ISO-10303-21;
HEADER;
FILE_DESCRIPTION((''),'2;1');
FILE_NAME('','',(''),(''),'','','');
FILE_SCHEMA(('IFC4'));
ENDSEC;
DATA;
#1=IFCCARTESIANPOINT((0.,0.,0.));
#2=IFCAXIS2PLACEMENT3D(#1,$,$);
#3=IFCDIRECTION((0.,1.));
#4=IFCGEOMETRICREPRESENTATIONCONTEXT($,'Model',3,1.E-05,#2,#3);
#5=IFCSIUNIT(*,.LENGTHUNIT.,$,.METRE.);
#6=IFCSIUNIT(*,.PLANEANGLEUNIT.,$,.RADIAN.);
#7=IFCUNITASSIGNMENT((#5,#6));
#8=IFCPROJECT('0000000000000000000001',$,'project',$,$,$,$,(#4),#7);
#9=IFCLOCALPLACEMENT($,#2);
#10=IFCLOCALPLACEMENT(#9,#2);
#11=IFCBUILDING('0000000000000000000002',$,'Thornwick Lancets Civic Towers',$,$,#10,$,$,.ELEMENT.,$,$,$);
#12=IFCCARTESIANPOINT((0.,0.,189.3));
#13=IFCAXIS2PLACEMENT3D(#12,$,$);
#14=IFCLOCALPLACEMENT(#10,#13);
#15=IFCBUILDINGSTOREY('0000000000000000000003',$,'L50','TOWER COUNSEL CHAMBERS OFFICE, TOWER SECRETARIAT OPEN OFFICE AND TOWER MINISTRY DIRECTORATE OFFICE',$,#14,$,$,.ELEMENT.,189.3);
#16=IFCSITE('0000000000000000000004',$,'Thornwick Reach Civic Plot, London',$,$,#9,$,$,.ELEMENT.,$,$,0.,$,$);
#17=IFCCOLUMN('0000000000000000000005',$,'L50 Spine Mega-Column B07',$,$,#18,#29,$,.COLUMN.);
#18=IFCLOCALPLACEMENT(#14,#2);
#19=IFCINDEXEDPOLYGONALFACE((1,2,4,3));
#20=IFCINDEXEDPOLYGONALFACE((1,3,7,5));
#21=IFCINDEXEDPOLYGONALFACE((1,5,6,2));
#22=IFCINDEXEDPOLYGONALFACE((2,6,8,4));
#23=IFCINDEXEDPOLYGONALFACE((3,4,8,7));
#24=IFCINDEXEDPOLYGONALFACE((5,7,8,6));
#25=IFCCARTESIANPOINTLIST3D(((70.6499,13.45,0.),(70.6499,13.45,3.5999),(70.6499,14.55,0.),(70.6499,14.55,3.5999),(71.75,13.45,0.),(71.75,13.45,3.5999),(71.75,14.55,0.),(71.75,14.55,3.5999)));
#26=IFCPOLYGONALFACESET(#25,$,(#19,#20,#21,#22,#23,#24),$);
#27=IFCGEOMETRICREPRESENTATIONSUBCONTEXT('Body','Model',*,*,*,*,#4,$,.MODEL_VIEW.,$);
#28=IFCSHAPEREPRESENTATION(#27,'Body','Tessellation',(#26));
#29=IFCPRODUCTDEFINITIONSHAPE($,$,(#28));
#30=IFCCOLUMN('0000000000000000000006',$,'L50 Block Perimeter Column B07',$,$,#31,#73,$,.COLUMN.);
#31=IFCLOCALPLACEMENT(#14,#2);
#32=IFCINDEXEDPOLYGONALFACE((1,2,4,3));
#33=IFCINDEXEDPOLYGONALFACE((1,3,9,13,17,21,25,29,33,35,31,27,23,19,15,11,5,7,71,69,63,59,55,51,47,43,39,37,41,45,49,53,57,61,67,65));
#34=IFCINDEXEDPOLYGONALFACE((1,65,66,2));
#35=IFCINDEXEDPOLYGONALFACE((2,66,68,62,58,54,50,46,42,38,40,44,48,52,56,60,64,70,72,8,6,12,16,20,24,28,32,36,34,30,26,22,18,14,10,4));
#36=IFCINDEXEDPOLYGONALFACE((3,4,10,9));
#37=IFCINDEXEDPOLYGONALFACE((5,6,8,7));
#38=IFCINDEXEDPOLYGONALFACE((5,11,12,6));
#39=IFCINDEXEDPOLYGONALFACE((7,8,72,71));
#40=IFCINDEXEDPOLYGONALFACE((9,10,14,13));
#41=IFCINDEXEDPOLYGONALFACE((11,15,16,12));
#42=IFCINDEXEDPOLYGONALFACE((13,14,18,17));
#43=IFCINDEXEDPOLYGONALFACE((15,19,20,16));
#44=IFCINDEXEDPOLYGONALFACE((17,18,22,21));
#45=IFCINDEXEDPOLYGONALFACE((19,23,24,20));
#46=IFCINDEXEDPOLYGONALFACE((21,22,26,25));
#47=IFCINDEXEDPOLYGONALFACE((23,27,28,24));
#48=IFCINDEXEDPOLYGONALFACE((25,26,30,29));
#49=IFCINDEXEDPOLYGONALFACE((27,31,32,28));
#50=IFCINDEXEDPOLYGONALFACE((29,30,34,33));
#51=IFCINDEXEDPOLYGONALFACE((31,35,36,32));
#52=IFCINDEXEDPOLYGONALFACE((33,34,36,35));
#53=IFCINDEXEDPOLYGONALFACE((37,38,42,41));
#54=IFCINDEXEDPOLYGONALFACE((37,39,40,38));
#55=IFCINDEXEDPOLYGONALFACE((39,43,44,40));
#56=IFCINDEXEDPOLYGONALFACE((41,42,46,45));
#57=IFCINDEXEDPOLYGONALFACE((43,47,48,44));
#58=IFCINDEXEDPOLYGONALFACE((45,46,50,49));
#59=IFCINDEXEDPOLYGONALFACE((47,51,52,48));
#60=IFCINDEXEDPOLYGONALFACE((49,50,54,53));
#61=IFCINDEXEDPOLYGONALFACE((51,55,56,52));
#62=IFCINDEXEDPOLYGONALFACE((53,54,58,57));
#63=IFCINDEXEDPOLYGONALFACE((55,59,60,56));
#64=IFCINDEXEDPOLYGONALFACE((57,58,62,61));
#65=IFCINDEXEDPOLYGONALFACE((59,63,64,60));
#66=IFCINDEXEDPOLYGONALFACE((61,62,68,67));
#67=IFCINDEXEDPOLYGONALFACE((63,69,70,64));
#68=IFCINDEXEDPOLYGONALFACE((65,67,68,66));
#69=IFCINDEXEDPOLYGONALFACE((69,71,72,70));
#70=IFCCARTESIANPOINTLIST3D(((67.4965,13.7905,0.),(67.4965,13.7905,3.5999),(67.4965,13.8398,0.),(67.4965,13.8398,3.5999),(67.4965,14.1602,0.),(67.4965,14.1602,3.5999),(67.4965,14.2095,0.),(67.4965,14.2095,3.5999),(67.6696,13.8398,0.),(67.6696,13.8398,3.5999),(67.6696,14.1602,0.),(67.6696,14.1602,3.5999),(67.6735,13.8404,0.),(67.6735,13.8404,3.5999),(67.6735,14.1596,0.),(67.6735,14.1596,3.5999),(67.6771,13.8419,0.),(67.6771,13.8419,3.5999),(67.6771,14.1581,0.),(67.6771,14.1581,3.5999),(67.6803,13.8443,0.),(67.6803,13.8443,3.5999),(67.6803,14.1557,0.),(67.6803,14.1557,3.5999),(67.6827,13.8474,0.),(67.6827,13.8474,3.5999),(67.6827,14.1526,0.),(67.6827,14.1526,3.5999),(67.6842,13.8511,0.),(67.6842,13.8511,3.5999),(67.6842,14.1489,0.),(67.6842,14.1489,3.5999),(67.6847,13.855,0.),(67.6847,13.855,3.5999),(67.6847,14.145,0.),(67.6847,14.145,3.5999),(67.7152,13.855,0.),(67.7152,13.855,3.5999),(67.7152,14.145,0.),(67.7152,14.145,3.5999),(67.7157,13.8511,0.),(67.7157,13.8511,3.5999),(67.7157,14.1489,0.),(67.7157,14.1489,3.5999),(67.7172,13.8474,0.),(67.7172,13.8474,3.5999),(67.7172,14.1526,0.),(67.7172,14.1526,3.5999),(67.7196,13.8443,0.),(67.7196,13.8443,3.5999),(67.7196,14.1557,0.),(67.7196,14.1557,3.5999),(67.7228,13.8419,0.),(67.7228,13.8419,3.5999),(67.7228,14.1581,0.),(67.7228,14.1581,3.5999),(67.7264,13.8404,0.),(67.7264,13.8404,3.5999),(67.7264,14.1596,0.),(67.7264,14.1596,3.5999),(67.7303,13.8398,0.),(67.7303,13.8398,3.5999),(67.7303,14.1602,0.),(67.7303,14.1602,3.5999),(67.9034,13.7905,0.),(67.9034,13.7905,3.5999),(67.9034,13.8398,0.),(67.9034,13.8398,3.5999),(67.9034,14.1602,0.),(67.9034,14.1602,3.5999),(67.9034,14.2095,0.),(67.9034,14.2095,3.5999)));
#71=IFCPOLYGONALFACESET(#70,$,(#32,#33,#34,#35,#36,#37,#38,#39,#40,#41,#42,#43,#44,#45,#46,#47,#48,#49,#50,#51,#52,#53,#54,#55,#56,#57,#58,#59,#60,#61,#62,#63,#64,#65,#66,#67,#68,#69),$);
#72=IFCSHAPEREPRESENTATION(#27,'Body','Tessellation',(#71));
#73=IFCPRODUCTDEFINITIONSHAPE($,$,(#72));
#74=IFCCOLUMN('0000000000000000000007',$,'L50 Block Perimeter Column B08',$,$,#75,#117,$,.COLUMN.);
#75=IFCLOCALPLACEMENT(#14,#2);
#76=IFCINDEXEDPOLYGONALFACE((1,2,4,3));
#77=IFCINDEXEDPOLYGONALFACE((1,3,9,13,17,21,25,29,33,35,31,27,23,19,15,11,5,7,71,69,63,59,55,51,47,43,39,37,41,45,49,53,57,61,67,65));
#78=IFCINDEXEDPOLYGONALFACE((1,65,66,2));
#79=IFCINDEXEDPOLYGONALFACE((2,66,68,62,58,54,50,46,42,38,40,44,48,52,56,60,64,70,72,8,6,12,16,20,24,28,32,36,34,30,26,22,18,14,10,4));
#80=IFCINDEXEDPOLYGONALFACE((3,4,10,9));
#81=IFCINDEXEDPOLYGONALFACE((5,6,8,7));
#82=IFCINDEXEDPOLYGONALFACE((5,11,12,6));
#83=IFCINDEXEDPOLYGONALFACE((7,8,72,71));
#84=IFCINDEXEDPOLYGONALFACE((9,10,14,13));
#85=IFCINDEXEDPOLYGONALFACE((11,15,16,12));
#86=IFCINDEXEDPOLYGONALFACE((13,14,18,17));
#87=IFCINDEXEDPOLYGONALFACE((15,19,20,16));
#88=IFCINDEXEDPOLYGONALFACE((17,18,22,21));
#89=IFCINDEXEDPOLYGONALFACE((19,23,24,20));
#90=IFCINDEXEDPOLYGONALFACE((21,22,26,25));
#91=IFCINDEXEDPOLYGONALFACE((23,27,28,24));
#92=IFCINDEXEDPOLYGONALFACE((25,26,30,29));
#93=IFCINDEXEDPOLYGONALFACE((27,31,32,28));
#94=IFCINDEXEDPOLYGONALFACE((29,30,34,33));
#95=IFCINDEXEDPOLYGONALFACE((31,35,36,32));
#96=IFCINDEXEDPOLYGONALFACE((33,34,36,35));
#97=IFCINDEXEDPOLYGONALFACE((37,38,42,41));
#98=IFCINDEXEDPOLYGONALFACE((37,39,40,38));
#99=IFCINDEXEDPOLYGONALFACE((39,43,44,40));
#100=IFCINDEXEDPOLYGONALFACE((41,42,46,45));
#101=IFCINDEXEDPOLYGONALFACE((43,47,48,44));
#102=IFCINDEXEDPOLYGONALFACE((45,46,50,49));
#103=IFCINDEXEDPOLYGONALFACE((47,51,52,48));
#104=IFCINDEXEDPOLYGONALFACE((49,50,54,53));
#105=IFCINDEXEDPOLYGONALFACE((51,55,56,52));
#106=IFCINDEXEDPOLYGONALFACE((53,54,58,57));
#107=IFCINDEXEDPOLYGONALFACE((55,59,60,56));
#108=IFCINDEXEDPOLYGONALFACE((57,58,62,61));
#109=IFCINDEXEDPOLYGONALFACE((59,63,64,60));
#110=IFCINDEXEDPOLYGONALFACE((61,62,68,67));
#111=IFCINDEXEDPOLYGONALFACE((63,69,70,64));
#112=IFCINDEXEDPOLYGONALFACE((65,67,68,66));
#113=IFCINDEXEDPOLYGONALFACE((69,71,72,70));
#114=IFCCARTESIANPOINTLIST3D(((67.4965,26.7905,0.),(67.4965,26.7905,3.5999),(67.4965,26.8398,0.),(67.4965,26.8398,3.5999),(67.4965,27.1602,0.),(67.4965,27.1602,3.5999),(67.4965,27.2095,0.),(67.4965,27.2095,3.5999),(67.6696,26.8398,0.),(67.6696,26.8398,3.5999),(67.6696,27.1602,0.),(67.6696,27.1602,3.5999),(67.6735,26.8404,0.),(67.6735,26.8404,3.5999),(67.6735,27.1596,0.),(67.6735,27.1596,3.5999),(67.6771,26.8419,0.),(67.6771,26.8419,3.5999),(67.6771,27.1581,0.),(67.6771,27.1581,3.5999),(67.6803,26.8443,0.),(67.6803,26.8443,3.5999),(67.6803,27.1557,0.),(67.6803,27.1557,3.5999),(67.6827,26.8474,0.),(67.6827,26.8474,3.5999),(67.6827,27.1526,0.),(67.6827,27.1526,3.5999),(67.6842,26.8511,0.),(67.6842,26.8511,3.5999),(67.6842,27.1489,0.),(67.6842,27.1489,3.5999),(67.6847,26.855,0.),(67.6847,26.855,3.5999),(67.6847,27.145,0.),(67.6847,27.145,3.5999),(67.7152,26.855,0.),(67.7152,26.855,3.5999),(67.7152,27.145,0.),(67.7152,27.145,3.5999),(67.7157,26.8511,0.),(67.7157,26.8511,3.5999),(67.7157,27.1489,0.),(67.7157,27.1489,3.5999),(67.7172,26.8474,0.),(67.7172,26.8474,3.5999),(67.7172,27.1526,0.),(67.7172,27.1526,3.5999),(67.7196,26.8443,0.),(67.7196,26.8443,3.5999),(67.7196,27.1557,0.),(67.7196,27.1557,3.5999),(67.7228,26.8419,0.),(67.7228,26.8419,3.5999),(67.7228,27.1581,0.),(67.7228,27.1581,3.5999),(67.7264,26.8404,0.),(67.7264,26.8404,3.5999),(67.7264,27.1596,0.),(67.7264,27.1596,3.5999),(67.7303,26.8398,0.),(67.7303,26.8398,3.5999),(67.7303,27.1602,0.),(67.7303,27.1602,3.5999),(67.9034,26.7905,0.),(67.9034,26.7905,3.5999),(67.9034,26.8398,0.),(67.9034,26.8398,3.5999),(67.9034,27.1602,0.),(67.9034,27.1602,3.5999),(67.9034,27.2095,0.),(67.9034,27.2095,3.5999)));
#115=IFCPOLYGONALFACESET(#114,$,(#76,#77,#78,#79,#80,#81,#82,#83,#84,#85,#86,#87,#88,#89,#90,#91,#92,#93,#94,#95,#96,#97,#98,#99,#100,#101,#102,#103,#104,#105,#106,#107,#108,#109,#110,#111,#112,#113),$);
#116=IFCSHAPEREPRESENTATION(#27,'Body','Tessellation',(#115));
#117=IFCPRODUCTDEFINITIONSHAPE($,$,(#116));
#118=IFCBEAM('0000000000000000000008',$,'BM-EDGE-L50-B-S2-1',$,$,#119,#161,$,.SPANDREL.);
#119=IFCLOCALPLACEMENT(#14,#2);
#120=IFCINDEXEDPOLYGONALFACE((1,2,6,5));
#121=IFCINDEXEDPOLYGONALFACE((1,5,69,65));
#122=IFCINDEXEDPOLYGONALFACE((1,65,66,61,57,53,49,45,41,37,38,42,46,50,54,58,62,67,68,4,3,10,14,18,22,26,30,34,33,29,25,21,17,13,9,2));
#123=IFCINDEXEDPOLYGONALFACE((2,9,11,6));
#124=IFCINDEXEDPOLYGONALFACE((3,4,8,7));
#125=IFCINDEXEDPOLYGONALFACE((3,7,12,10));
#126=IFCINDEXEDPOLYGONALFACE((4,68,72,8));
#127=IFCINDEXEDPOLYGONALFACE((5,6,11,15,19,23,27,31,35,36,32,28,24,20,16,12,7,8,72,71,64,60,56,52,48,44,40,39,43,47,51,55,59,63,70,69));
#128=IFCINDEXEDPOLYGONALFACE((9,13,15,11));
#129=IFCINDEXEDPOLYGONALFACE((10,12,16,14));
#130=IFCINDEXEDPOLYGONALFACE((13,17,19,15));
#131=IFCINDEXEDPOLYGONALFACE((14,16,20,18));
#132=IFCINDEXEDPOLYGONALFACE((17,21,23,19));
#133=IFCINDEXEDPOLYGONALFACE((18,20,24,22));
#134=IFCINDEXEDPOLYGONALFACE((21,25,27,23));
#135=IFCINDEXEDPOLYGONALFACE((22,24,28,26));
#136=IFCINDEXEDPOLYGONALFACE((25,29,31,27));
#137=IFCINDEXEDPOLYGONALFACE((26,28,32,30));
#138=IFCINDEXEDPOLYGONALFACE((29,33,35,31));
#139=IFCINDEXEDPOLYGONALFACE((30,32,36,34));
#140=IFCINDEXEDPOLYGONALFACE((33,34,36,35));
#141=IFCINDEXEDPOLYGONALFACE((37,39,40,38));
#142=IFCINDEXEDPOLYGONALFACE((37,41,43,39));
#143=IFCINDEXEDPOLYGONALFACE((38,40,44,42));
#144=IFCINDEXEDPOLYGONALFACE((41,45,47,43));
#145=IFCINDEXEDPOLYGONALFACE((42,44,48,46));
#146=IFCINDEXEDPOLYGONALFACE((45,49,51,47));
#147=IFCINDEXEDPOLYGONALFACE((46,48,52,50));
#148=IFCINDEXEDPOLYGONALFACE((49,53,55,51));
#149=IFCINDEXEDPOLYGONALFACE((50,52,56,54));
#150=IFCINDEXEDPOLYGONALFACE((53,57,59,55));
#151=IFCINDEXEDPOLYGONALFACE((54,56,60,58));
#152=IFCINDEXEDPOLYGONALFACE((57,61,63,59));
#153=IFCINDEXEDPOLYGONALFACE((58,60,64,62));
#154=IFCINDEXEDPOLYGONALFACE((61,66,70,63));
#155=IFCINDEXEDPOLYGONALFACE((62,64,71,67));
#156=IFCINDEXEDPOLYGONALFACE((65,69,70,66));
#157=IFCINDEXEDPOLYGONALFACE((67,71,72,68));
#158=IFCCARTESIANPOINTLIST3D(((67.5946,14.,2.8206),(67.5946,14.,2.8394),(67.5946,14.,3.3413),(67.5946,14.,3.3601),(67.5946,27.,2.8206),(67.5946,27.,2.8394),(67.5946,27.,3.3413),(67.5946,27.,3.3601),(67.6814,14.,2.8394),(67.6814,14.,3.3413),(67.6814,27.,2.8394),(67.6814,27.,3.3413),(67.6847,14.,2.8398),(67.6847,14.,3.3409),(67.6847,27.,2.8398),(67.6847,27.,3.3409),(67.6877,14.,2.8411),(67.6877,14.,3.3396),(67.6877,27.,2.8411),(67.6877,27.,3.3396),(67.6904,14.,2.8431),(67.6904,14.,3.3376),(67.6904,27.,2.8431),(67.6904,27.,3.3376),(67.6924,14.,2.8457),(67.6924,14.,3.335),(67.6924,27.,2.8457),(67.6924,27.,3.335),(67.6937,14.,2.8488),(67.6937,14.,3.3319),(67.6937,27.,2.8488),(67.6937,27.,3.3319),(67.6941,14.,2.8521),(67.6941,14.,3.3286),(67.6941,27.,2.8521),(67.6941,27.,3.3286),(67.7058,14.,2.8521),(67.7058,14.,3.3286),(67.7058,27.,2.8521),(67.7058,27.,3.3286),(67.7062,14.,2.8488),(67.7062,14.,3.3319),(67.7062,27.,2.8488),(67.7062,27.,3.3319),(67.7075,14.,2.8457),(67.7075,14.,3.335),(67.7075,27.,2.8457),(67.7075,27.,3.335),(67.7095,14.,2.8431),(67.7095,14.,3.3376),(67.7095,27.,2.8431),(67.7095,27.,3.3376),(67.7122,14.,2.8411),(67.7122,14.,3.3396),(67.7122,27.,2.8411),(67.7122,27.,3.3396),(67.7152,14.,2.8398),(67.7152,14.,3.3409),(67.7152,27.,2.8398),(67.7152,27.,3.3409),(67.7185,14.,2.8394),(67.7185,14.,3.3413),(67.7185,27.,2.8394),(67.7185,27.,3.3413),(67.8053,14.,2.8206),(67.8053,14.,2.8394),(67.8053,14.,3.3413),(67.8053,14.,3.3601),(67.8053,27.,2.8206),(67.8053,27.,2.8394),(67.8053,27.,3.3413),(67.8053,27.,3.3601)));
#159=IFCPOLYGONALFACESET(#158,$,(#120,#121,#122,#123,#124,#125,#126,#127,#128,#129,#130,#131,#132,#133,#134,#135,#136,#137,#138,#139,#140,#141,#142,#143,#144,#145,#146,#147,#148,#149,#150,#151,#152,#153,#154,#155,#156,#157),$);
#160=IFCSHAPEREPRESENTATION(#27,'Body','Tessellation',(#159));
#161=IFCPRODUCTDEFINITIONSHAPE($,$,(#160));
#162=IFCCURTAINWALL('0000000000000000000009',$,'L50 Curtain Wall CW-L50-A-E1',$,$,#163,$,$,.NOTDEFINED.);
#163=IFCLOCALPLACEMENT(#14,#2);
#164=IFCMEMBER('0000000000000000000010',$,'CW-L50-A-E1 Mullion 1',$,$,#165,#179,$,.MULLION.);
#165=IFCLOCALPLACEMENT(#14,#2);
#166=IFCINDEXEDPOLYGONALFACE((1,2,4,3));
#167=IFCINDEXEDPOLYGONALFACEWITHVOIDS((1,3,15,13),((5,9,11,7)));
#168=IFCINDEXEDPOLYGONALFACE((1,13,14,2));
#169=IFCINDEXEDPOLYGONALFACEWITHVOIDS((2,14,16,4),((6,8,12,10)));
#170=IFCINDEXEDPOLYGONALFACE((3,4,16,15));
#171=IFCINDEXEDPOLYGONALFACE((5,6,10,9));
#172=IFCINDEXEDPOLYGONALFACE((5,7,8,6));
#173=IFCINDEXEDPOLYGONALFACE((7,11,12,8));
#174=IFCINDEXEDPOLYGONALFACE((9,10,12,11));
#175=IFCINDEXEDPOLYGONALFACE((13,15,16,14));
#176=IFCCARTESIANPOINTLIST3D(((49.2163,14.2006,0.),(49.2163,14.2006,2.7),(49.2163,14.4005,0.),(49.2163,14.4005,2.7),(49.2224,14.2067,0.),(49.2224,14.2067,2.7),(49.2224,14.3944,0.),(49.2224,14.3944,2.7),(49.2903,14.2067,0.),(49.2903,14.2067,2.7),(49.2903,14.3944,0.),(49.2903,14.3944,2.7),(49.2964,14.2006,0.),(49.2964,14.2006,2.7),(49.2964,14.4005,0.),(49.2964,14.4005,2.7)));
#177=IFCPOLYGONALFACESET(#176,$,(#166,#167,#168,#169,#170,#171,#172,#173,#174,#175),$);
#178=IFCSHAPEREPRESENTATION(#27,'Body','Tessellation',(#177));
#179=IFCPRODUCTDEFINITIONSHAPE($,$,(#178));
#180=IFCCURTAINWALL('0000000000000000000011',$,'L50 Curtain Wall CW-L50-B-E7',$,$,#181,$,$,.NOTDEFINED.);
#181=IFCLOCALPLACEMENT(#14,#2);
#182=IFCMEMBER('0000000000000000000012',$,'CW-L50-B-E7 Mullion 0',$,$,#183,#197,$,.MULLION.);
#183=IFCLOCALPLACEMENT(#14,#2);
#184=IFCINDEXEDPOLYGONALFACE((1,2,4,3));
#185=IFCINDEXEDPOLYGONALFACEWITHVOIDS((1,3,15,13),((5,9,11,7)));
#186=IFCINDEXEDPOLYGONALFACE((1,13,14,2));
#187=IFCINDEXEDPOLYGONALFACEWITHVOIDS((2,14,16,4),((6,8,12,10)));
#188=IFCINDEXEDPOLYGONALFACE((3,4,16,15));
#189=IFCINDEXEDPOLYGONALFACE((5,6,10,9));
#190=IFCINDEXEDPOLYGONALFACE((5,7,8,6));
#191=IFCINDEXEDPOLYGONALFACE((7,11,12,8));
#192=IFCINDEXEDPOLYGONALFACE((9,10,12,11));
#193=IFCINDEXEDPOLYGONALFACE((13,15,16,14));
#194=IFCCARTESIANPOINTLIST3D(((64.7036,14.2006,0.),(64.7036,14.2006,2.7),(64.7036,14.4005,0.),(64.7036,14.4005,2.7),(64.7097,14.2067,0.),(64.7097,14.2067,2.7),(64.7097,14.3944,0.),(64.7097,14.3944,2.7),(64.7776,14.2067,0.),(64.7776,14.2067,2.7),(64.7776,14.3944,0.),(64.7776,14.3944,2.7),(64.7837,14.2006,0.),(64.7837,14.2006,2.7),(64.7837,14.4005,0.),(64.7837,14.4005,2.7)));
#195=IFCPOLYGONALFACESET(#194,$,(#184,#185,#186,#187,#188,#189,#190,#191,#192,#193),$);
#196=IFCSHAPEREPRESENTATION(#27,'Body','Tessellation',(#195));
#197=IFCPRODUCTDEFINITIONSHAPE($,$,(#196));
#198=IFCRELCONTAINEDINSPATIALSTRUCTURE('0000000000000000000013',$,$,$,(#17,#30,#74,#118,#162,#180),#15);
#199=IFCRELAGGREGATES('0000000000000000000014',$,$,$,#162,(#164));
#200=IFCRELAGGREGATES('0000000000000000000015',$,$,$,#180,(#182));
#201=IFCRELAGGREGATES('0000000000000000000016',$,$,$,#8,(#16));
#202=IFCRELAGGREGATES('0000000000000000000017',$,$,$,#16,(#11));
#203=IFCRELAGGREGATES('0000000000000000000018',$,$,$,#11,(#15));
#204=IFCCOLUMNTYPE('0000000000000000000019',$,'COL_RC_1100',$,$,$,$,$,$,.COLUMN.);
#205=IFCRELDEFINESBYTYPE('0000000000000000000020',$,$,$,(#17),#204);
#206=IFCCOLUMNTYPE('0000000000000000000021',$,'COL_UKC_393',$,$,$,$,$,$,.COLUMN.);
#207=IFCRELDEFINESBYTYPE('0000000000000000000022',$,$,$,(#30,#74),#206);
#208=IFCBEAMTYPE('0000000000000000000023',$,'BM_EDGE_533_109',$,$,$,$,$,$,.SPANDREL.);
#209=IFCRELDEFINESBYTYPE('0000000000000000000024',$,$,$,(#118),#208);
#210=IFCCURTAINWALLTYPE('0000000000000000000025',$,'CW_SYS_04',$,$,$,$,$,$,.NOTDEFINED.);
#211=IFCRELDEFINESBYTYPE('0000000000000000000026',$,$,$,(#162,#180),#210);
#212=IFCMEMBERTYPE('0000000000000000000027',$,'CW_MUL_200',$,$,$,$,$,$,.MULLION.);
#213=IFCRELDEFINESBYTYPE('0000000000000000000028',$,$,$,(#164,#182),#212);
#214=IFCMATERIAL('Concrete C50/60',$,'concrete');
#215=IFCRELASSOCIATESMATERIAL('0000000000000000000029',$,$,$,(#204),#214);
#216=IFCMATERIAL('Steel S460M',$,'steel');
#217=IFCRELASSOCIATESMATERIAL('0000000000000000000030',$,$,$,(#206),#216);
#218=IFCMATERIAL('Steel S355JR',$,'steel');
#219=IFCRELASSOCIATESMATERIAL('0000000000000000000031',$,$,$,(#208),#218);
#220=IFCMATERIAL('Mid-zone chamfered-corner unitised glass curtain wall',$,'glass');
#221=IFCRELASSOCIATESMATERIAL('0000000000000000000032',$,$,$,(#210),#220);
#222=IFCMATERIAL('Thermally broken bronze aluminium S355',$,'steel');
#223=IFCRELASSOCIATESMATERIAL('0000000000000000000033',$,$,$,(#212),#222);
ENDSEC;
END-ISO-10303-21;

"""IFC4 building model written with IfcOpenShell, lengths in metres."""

from ifc_helpers import new_model, si_unit, direction, frame, origin, origin_2d, place, context, subcontext, project, spatial, rectangle, hollow_rectangle, i_section, extrude, material, material_profile, profile_set, type_object, element, aggregate, save


model = new_model("IFC4")

# Units and contexts
model_context = context("Model", 3, precision=1e-05, world=origin(), true_north=direction((0.0, 1.0)))
body_context = subcontext(model_context, "Body", "Model", "MODEL_VIEW")
ifc_project = project(units=[si_unit("LENGTHUNIT", "METRE"), si_unit("PLANEANGLEUNIT", "RADIAN")], contexts=[model_context])

# Site, building, storey
site_placement = place(None, origin())
site = spatial("IfcSite", under=ifc_project, at=site_placement, Name="Thornwick Reach Civic Plot, London", CompositionType="ELEMENT", RefElevation=0.0)
building_placement = place(site_placement, origin())
building = spatial("IfcBuilding", under=site, at=building_placement, Name="Thornwick Lancets Civic Towers", CompositionType="ELEMENT")
storey_placement = place(building_placement, frame((0.0, 0.0, 189.3)))
storey = spatial("IfcBuildingStorey", under=building, at=storey_placement, Name="L50", Description="TOWER COUNSEL CHAMBERS OFFICE, TOWER SECRETARIAT OPEN OFFICE AND TOWER MINISTRY DIRECTORATE OFFICE", CompositionType="ELEMENT", Elevation=189.3)

# Columns
ifc_material_1 = material(Name="Concrete C50/60", Category="concrete")
ifc_material_profile_1 = material_profile(ifc_material_1, rectangle(XDim=1.1001, YDim=1.1001, at=origin_2d()), Name="RC 1100x1100")
ifc_profile_set_1 = profile_set([ifc_material_profile_1], Name="Concrete C50/60")
column_type_1 = type_object("IfcColumnType", Name="COL_RC_1100", PredefinedType="COLUMN", material=ifc_profile_set_1)
column_placement = place(storey_placement, frame((71.2, 14.0, 0.0), z_axis=(0.0, 0.0, 1.0), x_axis=(1.0, 0.0, 0.0)))
element("IfcColumn", 1, at=column_placement, inside=storey, type_object=column_type_1, Name="L50 Spine Mega-Column B07", PredefinedType="COLUMN", context=body_context, shape_type="SweptSolid", body=[
    extrude(rectangle(XDim=1.1001, YDim=1.1001, at=origin_2d()), origin(), (0.0, 0.0, 1.0), 3.5999),
])
ifc_material_2 = material(Name="Steel S460M", Category="steel")
ifc_material_profile_2 = material_profile(ifc_material_2, i_section(OverallWidth=0.407, OverallDepth=0.4189, WebThickness=0.0305, FlangeThickness=0.0493, FilletRadius=0.0151, at=origin_2d()), Name="UKC 356x406x393")
ifc_profile_set_2 = profile_set([ifc_material_profile_2], Name="Steel S460M")
column_type_2 = type_object("IfcColumnType", Name="COL_UKC_393", PredefinedType="COLUMN", material=ifc_profile_set_2)
for number, where, z_axis, x_axis, name in (
    (2, (67.7, 14.0, 0.0), (0.0, 0.0, 1.0), (1.0, 0.0, 0.0), "L50 Block Perimeter Column B07"),
    (3, (67.7, 27.0, 0.0), (0.0, 0.0, 1.0), (1.0, 0.0, 0.0), "L50 Block Perimeter Column B08"),
):
    element("IfcColumn", number, at=place(storey_placement, frame(where, z_axis=z_axis, x_axis=x_axis)), inside=storey, type_object=column_type_2, Name=name, PredefinedType="COLUMN", context=body_context, shape_type="SweptSolid", body=[
        extrude(i_section(OverallWidth=0.407, OverallDepth=0.4189, WebThickness=0.0305, FlangeThickness=0.0493, FilletRadius=0.0151, at=origin_2d()), origin(), (0.0, 0.0, 1.0), 3.5999),
    ])

# Beam
ifc_material_3 = material(Name="Steel S355JR", Category="steel")
ifc_material_profile_3 = material_profile(ifc_material_3, i_section(OverallWidth=0.2107, OverallDepth=0.5396, WebThickness=0.0117, FlangeThickness=0.0188, FilletRadius=0.0127, at=origin_2d()), Name="UKB 533x210x109")
ifc_profile_set_3 = profile_set([ifc_material_profile_3], Name="Steel S355JR")
beam_type = type_object("IfcBeamType", Name="BM_EDGE_533_109", PredefinedType="SPANDREL", material=ifc_profile_set_3)
beam_placement = place(storey_placement, frame((67.7, 14.0, 3.0903), z_axis=(0.0, 1.0, 0.0), x_axis=(-1.0, 0.0, 0.0)))
element("IfcBeam", 4, at=beam_placement, inside=storey, type_object=beam_type, Name="BM-EDGE-L50-B-S2-1", PredefinedType="SPANDREL", context=body_context, shape_type="SweptSolid", body=[
    extrude(i_section(OverallWidth=0.2107, OverallDepth=0.5396, WebThickness=0.0117, FlangeThickness=0.0188, FilletRadius=0.0127, at=origin_2d()), origin(), (0.0, 0.0, 1.0), 13.0),
])

# Curtain wall, member
ifc_material_4 = material(Name="Mid-zone chamfered-corner unitised glass curtain wall", Category="glass")
curtain_wall_type = type_object("IfcCurtainWallType", Name="CW_SYS_04", PredefinedType="NOTDEFINED", material=ifc_material_4)
curtain_wall_1_placement = place(storey_placement, origin())
curtain_wall_1 = element("IfcCurtainWall", 5, at=curtain_wall_1_placement, inside=storey, type_object=curtain_wall_type, Name="L50 Curtain Wall CW-L50-A-E1", PredefinedType="NOTDEFINED")
ifc_material_5 = material(Name="Thermally broken bronze aluminium S355", Category="steel")
ifc_material_profile_4 = material_profile(ifc_material_5, hollow_rectangle(XDim=0.0801, YDim=0.2, WallThickness=0.0061, at=origin_2d()), Name="RHS 200x80x6")
ifc_profile_set_4 = profile_set([ifc_material_profile_4], Name="Thermally broken bronze aluminium S355")
member_type_1 = type_object("IfcMemberType", Name="CW_MUL_200", PredefinedType="MULLION", material=ifc_profile_set_4)
member_1_placement = place(storey_placement, frame((49.2563, 14.3005, 0.0), z_axis=(0.0, 0.0, 1.0), x_axis=(1.0, 0.0, 0.0)))
member_1 = element("IfcMember", 6, at=member_1_placement, type_object=member_type_1, Name="CW-L50-A-E1 Mullion 1", PredefinedType="MULLION", context=body_context, shape_type="SweptSolid", body=[
    extrude(hollow_rectangle(XDim=0.0801, YDim=0.2, WallThickness=0.0061, at=origin_2d()), origin(), (0.0, 0.0, 1.0), 2.7),
])
aggregate(curtain_wall_1, [member_1])

# Curtain wall, member
curtain_wall_2_placement = place(storey_placement, origin())
curtain_wall_2 = element("IfcCurtainWall", 7, at=curtain_wall_2_placement, inside=storey, type_object=curtain_wall_type, Name="L50 Curtain Wall CW-L50-B-E7", PredefinedType="NOTDEFINED")
member_2_placement = place(storey_placement, frame((64.7437, 14.3005, 0.0), z_axis=(0.0, 0.0, 1.0), x_axis=(1.0, 0.0, 0.0)))
member_2 = element("IfcMember", 8, at=member_2_placement, type_object=member_type_1, Name="CW-L50-B-E7 Mullion 0", PredefinedType="MULLION", context=body_context, shape_type="SweptSolid", body=[
    extrude(hollow_rectangle(XDim=0.0801, YDim=0.2, WallThickness=0.0061, at=origin_2d()), origin(), (0.0, 0.0, 1.0), 2.7),
])
aggregate(curtain_wall_2, [member_2])

save(model, "model.ifc")
